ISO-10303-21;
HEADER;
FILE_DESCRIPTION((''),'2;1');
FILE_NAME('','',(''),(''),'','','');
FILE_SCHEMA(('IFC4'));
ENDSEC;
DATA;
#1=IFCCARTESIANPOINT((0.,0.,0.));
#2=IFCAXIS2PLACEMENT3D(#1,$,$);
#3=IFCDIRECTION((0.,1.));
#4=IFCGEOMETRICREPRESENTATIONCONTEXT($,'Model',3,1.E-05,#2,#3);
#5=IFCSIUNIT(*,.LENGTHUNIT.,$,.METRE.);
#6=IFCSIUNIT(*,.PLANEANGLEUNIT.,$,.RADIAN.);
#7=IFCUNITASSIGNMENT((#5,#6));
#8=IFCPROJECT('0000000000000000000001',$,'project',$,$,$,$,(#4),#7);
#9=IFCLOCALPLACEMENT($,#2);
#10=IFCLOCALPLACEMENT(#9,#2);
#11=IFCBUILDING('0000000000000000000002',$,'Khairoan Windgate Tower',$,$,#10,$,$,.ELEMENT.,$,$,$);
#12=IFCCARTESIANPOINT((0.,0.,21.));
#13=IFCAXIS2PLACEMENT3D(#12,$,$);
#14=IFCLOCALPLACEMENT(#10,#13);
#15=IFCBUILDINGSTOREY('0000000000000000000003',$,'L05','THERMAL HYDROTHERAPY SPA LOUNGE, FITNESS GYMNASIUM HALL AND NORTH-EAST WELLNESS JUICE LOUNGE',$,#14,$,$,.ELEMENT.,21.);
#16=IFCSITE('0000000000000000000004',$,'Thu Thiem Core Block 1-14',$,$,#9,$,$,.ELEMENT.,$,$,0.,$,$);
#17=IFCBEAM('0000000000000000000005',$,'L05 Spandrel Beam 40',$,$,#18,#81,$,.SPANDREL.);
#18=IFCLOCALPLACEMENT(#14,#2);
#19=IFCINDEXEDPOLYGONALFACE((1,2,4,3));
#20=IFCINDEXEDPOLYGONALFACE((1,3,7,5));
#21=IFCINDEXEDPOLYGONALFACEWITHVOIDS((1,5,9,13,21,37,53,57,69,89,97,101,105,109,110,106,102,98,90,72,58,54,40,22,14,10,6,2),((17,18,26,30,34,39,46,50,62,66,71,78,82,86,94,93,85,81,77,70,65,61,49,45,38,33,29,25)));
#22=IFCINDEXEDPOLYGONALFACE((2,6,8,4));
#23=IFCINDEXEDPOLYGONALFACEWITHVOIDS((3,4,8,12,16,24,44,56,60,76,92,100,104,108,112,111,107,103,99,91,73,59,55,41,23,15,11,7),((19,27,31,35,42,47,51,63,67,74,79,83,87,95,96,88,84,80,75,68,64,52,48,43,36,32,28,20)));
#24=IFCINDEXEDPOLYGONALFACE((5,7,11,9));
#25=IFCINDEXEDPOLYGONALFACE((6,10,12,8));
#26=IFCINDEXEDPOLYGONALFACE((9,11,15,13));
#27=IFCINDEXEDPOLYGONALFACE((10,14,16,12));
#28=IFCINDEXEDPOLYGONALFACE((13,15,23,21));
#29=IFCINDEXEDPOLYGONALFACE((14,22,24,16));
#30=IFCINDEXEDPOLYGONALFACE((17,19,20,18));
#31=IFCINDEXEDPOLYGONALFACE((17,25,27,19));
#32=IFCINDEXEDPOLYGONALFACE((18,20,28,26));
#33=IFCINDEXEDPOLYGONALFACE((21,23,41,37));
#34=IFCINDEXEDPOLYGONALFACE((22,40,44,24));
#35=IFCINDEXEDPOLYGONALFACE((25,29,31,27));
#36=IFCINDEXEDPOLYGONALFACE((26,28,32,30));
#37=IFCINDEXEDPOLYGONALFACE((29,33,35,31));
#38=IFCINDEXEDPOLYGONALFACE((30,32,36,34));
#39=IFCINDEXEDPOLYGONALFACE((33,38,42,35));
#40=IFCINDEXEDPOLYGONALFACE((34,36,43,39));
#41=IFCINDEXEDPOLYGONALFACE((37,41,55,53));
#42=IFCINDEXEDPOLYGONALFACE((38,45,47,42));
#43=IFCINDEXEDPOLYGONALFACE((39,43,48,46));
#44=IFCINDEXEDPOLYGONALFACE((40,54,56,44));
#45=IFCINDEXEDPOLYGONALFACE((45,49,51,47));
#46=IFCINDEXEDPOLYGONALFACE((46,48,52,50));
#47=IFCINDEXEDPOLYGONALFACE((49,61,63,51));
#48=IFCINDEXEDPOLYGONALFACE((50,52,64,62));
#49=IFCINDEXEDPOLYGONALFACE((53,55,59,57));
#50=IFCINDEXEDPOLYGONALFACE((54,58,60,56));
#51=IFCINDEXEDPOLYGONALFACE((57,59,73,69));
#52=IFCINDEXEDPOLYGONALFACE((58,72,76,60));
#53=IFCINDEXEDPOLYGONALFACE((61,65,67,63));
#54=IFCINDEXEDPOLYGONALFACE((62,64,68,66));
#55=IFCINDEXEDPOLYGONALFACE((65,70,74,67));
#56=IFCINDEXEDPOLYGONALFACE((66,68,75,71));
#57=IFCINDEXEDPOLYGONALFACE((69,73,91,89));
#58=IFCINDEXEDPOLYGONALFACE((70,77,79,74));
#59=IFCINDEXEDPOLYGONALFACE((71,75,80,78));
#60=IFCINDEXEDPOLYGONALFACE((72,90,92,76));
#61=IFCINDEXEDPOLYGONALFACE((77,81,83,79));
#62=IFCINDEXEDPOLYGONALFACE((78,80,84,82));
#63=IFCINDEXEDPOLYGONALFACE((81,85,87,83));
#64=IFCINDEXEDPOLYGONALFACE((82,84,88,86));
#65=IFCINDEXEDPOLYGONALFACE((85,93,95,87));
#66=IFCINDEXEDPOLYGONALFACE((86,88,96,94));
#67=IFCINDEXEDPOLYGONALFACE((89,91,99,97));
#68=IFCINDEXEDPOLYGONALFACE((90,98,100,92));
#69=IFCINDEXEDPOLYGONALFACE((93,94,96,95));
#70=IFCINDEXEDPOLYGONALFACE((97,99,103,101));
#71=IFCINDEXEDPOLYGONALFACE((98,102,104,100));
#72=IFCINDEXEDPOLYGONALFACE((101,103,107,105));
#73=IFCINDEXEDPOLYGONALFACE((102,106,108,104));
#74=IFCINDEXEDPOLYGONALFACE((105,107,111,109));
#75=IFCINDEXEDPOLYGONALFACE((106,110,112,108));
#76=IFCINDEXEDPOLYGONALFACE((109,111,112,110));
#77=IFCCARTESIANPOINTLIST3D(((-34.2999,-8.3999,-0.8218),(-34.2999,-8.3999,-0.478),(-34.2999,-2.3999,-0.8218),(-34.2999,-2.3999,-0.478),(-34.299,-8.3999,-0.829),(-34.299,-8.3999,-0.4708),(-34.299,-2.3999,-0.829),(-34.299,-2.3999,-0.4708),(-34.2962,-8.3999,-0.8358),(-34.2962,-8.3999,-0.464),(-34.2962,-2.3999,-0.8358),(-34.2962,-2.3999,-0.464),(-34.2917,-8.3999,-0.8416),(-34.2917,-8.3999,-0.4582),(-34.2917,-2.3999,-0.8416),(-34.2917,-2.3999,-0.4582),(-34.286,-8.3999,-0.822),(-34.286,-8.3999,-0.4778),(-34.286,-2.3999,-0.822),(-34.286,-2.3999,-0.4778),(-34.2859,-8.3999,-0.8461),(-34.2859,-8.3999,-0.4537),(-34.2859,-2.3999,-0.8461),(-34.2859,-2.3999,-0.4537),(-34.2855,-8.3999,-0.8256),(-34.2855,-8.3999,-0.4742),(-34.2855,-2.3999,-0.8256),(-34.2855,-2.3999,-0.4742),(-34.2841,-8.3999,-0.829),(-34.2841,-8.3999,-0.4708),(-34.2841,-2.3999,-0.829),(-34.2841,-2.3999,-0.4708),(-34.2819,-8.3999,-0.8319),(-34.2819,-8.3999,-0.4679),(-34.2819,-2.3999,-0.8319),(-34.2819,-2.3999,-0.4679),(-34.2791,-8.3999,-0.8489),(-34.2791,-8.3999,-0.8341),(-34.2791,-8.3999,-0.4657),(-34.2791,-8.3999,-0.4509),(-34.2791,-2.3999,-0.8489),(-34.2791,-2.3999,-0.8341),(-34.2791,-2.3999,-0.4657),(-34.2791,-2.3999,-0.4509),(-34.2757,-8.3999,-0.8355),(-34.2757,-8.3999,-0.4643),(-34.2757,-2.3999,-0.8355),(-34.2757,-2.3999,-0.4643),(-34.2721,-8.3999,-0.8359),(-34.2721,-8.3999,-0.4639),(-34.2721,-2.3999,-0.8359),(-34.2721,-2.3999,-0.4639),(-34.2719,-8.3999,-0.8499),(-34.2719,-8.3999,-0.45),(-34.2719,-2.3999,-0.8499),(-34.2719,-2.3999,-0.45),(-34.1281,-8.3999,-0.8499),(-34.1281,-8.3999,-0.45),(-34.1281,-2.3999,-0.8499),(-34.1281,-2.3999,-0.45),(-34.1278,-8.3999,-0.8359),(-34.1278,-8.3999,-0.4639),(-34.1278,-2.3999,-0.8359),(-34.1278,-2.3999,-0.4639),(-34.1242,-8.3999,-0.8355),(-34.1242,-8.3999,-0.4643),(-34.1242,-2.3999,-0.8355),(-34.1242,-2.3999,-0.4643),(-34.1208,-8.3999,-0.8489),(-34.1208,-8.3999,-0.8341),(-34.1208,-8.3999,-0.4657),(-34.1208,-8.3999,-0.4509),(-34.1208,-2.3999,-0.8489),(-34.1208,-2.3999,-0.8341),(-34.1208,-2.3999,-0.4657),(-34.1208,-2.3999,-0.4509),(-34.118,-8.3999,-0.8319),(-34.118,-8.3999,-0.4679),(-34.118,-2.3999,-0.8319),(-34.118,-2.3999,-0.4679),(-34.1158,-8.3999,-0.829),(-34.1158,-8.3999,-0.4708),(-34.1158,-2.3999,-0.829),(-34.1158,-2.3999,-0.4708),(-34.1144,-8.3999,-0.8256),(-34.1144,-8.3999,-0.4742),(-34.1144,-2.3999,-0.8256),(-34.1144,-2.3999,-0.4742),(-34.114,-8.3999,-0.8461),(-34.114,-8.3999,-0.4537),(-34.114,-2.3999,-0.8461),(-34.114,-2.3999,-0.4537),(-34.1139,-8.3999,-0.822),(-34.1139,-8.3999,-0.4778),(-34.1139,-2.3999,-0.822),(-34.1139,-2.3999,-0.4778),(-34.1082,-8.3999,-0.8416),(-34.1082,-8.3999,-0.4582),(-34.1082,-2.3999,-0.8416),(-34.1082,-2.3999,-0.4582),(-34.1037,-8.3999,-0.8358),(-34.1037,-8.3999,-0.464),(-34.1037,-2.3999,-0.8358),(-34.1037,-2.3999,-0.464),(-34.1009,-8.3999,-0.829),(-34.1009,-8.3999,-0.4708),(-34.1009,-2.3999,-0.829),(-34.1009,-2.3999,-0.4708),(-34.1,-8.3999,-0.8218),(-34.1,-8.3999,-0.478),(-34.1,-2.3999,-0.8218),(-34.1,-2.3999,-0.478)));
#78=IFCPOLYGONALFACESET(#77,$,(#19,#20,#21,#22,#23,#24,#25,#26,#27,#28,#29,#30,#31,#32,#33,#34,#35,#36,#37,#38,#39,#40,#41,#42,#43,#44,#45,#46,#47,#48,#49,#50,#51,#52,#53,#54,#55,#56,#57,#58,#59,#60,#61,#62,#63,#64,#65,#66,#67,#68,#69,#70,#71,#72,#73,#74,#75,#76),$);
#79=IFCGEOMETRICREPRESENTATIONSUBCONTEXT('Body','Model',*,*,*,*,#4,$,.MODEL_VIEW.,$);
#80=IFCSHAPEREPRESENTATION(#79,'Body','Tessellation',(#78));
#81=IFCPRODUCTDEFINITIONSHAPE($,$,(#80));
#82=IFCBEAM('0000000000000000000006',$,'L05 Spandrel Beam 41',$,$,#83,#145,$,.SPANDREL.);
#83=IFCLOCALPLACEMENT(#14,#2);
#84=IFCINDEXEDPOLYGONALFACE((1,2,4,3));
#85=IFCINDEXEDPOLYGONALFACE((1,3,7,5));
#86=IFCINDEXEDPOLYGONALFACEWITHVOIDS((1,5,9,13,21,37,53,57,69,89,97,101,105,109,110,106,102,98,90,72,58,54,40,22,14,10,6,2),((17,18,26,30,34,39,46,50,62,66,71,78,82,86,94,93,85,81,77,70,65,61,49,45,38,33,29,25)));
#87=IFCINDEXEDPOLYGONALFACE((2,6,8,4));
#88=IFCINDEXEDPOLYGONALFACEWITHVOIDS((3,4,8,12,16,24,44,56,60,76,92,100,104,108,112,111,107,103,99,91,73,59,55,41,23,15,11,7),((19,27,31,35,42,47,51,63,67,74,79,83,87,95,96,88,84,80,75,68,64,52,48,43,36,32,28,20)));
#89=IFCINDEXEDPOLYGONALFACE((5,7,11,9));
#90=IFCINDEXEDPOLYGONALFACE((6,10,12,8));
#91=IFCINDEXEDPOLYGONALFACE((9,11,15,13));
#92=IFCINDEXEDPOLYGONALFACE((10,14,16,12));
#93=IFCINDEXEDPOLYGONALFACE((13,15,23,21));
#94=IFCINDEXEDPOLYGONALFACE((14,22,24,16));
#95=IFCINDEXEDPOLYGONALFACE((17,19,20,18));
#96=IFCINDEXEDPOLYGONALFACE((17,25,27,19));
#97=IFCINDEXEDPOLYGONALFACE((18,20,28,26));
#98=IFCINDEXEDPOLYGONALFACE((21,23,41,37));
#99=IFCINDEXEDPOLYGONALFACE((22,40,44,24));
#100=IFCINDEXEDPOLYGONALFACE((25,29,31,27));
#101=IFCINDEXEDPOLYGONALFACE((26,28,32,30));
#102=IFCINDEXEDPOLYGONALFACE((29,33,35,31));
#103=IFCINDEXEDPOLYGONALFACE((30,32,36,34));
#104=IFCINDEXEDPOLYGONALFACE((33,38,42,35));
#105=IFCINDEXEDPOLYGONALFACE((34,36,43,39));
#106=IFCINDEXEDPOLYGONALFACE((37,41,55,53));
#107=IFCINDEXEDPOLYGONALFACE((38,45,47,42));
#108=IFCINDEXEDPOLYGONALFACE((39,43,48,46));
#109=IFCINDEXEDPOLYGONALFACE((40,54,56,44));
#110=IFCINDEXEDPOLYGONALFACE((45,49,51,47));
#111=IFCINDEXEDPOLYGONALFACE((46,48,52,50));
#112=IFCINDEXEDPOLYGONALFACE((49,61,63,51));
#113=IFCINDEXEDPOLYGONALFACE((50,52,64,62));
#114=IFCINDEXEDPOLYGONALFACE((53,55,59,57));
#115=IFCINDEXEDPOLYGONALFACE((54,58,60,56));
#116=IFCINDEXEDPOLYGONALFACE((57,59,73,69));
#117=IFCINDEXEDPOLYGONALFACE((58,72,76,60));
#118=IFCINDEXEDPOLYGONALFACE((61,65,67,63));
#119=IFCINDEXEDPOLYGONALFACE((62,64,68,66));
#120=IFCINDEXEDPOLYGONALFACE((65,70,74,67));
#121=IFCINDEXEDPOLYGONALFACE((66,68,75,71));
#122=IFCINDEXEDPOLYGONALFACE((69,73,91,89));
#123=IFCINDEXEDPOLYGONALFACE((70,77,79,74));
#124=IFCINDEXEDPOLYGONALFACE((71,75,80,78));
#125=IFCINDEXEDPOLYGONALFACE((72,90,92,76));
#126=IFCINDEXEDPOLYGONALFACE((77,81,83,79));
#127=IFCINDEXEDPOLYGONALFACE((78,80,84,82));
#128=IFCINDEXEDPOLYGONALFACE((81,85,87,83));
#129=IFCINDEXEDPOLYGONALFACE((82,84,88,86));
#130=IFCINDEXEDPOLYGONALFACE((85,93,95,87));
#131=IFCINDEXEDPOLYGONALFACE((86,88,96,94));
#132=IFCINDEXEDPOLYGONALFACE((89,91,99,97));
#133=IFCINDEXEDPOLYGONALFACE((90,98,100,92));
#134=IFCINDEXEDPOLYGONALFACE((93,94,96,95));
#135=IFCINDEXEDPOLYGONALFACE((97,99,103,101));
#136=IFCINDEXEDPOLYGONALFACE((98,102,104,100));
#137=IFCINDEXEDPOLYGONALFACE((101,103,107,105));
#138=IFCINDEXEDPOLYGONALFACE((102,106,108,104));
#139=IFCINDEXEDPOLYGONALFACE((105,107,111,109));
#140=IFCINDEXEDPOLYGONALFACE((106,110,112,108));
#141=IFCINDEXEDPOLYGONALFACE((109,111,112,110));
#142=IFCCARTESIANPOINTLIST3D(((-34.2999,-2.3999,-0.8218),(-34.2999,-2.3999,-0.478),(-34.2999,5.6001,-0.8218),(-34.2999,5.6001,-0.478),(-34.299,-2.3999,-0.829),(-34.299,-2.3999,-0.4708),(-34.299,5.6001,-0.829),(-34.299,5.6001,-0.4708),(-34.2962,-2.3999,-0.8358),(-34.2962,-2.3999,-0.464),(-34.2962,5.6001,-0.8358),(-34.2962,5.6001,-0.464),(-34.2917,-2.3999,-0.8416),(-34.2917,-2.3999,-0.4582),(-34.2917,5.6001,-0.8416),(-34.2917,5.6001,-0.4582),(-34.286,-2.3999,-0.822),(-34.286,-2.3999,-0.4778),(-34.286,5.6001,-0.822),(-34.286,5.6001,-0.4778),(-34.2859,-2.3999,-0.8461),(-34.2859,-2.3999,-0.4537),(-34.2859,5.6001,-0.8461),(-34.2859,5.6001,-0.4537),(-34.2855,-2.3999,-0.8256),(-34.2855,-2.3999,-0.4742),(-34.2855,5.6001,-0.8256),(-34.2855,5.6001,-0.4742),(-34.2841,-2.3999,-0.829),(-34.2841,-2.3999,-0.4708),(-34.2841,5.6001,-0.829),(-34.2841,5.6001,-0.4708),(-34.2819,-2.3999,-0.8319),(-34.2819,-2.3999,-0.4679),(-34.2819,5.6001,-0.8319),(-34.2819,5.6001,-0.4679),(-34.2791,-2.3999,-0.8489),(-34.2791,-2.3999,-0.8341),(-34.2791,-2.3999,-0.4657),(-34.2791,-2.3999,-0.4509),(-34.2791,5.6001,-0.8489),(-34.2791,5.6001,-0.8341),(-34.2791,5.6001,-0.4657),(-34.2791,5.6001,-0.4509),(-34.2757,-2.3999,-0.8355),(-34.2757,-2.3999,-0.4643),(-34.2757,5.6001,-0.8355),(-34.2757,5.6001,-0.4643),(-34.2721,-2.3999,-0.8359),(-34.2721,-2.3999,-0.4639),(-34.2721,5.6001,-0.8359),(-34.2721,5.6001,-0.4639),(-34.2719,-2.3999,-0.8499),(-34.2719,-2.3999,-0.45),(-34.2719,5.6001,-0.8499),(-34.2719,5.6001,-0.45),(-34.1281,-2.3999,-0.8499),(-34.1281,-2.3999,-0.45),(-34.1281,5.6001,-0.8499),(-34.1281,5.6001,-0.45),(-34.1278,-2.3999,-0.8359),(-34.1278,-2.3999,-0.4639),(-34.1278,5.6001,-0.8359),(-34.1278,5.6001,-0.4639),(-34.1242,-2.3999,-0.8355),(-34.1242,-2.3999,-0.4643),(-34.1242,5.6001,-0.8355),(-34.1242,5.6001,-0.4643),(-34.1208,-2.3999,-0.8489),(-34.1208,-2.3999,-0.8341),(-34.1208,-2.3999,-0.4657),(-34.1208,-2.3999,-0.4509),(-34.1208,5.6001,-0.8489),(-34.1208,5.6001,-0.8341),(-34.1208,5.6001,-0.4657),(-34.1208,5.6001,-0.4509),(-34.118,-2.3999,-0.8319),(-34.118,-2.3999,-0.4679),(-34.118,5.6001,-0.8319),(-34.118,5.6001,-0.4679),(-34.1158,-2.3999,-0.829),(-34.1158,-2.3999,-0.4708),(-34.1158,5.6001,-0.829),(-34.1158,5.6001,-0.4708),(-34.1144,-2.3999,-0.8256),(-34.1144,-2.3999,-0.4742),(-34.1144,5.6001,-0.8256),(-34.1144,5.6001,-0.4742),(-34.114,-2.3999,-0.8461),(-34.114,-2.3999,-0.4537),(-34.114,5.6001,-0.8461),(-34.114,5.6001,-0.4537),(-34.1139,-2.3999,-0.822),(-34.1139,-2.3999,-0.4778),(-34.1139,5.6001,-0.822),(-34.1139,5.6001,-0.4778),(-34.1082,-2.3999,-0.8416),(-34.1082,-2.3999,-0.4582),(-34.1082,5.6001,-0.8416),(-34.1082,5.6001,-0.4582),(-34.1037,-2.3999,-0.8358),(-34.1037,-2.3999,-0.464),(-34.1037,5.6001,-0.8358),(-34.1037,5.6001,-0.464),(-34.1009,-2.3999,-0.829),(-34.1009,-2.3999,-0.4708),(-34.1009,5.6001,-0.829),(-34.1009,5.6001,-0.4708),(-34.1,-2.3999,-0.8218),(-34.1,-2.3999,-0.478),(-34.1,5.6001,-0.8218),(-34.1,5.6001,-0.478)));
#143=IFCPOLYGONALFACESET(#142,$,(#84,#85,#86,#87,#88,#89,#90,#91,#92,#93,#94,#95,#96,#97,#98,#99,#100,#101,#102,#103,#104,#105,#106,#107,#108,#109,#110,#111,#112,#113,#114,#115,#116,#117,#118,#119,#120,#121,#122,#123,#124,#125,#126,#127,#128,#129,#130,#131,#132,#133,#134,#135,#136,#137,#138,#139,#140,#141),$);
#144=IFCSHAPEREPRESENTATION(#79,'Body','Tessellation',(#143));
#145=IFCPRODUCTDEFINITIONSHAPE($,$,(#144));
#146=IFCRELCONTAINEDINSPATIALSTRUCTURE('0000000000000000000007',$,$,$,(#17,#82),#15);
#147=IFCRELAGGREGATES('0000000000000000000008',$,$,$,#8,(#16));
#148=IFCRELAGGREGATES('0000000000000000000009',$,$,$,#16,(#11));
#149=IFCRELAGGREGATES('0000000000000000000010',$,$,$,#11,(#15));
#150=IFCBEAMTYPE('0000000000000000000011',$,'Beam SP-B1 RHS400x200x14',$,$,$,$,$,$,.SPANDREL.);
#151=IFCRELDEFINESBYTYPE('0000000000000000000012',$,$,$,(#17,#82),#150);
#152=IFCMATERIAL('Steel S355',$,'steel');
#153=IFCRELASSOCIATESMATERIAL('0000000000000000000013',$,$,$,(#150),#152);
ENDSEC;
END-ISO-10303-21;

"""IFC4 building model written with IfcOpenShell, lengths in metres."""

from ifc_helpers import new_model, si_unit, direction, frame, origin, origin_2d, place, context, subcontext, project, spatial, hollow_rectangle, extrude, material, material_profile, profile_set, type_object, element, save


model = new_model("IFC4")

# Units and contexts
model_context = context("Model", 3, precision=1e-05, world=origin(), true_north=direction((0.0, 1.0)))
body_context = subcontext(model_context, "Body", "Model", "MODEL_VIEW")
ifc_project = project(units=[si_unit("LENGTHUNIT", "METRE"), si_unit("PLANEANGLEUNIT", "RADIAN")], contexts=[model_context])

# Site, building, storey
site_placement = place(None, origin())
site = spatial("IfcSite", under=ifc_project, at=site_placement, Name="Thu Thiem Core Block 1-14", CompositionType="ELEMENT", RefElevation=0.0)
building_placement = place(site_placement, origin())
building = spatial("IfcBuilding", under=site, at=building_placement, Name="Khairoan Windgate Tower", CompositionType="ELEMENT")
storey_placement = place(building_placement, frame((0.0, 0.0, 21.0)))
storey = spatial("IfcBuildingStorey", under=building, at=storey_placement, Name="L05", Description="THERMAL HYDROTHERAPY SPA LOUNGE, FITNESS GYMNASIUM HALL AND NORTH-EAST WELLNESS JUICE LOUNGE", CompositionType="ELEMENT", Elevation=21.0)

# Beams
ifc_material_1 = material(Name="Steel S355", Category="steel")
ifc_material_profile_1 = material_profile(ifc_material_1, hollow_rectangle(XDim=0.2, YDim=0.3999, WallThickness=0.0139, InnerFilletRadius=0.0139, OuterFilletRadius=0.0281, at=origin_2d()))
ifc_profile_set_1 = profile_set([ifc_material_profile_1], Name="Steel S355")
beam_type_1 = type_object("IfcBeamType", Name="Beam SP-B1 RHS400x200x14", PredefinedType="SPANDREL", material=ifc_profile_set_1)
beam_1_placement = place(storey_placement, frame((-34.2, -8.3999, -0.6499), z_axis=(0.0, 1.0, 0.0), x_axis=(-1.0, 0.0, 0.0)))
element("IfcBeam", 1, at=beam_1_placement, inside=storey, type_object=beam_type_1, Name="L05 Spandrel Beam 40", PredefinedType="SPANDREL", context=body_context, shape_type="SweptSolid", body=[
    extrude(hollow_rectangle(XDim=0.2, YDim=0.3999, WallThickness=0.0139, InnerFilletRadius=0.0139, OuterFilletRadius=0.0281, at=origin_2d()), origin(), (0.0, 0.0, 1.0), 6.0),
])
beam_2_placement = place(storey_placement, frame((-34.2, -2.3999, -0.6499), z_axis=(0.0, 1.0, 0.0), x_axis=(-1.0, 0.0, 0.0)))
element("IfcBeam", 2, at=beam_2_placement, inside=storey, type_object=beam_type_1, Name="L05 Spandrel Beam 41", PredefinedType="SPANDREL", context=body_context, shape_type="SweptSolid", body=[
    extrude(hollow_rectangle(XDim=0.2, YDim=0.3999, WallThickness=0.0139, InnerFilletRadius=0.0139, OuterFilletRadius=0.0281, at=origin_2d()), origin(), (0.0, 0.0, 1.0), 8.0),
])

save(model, "model.ifc")
